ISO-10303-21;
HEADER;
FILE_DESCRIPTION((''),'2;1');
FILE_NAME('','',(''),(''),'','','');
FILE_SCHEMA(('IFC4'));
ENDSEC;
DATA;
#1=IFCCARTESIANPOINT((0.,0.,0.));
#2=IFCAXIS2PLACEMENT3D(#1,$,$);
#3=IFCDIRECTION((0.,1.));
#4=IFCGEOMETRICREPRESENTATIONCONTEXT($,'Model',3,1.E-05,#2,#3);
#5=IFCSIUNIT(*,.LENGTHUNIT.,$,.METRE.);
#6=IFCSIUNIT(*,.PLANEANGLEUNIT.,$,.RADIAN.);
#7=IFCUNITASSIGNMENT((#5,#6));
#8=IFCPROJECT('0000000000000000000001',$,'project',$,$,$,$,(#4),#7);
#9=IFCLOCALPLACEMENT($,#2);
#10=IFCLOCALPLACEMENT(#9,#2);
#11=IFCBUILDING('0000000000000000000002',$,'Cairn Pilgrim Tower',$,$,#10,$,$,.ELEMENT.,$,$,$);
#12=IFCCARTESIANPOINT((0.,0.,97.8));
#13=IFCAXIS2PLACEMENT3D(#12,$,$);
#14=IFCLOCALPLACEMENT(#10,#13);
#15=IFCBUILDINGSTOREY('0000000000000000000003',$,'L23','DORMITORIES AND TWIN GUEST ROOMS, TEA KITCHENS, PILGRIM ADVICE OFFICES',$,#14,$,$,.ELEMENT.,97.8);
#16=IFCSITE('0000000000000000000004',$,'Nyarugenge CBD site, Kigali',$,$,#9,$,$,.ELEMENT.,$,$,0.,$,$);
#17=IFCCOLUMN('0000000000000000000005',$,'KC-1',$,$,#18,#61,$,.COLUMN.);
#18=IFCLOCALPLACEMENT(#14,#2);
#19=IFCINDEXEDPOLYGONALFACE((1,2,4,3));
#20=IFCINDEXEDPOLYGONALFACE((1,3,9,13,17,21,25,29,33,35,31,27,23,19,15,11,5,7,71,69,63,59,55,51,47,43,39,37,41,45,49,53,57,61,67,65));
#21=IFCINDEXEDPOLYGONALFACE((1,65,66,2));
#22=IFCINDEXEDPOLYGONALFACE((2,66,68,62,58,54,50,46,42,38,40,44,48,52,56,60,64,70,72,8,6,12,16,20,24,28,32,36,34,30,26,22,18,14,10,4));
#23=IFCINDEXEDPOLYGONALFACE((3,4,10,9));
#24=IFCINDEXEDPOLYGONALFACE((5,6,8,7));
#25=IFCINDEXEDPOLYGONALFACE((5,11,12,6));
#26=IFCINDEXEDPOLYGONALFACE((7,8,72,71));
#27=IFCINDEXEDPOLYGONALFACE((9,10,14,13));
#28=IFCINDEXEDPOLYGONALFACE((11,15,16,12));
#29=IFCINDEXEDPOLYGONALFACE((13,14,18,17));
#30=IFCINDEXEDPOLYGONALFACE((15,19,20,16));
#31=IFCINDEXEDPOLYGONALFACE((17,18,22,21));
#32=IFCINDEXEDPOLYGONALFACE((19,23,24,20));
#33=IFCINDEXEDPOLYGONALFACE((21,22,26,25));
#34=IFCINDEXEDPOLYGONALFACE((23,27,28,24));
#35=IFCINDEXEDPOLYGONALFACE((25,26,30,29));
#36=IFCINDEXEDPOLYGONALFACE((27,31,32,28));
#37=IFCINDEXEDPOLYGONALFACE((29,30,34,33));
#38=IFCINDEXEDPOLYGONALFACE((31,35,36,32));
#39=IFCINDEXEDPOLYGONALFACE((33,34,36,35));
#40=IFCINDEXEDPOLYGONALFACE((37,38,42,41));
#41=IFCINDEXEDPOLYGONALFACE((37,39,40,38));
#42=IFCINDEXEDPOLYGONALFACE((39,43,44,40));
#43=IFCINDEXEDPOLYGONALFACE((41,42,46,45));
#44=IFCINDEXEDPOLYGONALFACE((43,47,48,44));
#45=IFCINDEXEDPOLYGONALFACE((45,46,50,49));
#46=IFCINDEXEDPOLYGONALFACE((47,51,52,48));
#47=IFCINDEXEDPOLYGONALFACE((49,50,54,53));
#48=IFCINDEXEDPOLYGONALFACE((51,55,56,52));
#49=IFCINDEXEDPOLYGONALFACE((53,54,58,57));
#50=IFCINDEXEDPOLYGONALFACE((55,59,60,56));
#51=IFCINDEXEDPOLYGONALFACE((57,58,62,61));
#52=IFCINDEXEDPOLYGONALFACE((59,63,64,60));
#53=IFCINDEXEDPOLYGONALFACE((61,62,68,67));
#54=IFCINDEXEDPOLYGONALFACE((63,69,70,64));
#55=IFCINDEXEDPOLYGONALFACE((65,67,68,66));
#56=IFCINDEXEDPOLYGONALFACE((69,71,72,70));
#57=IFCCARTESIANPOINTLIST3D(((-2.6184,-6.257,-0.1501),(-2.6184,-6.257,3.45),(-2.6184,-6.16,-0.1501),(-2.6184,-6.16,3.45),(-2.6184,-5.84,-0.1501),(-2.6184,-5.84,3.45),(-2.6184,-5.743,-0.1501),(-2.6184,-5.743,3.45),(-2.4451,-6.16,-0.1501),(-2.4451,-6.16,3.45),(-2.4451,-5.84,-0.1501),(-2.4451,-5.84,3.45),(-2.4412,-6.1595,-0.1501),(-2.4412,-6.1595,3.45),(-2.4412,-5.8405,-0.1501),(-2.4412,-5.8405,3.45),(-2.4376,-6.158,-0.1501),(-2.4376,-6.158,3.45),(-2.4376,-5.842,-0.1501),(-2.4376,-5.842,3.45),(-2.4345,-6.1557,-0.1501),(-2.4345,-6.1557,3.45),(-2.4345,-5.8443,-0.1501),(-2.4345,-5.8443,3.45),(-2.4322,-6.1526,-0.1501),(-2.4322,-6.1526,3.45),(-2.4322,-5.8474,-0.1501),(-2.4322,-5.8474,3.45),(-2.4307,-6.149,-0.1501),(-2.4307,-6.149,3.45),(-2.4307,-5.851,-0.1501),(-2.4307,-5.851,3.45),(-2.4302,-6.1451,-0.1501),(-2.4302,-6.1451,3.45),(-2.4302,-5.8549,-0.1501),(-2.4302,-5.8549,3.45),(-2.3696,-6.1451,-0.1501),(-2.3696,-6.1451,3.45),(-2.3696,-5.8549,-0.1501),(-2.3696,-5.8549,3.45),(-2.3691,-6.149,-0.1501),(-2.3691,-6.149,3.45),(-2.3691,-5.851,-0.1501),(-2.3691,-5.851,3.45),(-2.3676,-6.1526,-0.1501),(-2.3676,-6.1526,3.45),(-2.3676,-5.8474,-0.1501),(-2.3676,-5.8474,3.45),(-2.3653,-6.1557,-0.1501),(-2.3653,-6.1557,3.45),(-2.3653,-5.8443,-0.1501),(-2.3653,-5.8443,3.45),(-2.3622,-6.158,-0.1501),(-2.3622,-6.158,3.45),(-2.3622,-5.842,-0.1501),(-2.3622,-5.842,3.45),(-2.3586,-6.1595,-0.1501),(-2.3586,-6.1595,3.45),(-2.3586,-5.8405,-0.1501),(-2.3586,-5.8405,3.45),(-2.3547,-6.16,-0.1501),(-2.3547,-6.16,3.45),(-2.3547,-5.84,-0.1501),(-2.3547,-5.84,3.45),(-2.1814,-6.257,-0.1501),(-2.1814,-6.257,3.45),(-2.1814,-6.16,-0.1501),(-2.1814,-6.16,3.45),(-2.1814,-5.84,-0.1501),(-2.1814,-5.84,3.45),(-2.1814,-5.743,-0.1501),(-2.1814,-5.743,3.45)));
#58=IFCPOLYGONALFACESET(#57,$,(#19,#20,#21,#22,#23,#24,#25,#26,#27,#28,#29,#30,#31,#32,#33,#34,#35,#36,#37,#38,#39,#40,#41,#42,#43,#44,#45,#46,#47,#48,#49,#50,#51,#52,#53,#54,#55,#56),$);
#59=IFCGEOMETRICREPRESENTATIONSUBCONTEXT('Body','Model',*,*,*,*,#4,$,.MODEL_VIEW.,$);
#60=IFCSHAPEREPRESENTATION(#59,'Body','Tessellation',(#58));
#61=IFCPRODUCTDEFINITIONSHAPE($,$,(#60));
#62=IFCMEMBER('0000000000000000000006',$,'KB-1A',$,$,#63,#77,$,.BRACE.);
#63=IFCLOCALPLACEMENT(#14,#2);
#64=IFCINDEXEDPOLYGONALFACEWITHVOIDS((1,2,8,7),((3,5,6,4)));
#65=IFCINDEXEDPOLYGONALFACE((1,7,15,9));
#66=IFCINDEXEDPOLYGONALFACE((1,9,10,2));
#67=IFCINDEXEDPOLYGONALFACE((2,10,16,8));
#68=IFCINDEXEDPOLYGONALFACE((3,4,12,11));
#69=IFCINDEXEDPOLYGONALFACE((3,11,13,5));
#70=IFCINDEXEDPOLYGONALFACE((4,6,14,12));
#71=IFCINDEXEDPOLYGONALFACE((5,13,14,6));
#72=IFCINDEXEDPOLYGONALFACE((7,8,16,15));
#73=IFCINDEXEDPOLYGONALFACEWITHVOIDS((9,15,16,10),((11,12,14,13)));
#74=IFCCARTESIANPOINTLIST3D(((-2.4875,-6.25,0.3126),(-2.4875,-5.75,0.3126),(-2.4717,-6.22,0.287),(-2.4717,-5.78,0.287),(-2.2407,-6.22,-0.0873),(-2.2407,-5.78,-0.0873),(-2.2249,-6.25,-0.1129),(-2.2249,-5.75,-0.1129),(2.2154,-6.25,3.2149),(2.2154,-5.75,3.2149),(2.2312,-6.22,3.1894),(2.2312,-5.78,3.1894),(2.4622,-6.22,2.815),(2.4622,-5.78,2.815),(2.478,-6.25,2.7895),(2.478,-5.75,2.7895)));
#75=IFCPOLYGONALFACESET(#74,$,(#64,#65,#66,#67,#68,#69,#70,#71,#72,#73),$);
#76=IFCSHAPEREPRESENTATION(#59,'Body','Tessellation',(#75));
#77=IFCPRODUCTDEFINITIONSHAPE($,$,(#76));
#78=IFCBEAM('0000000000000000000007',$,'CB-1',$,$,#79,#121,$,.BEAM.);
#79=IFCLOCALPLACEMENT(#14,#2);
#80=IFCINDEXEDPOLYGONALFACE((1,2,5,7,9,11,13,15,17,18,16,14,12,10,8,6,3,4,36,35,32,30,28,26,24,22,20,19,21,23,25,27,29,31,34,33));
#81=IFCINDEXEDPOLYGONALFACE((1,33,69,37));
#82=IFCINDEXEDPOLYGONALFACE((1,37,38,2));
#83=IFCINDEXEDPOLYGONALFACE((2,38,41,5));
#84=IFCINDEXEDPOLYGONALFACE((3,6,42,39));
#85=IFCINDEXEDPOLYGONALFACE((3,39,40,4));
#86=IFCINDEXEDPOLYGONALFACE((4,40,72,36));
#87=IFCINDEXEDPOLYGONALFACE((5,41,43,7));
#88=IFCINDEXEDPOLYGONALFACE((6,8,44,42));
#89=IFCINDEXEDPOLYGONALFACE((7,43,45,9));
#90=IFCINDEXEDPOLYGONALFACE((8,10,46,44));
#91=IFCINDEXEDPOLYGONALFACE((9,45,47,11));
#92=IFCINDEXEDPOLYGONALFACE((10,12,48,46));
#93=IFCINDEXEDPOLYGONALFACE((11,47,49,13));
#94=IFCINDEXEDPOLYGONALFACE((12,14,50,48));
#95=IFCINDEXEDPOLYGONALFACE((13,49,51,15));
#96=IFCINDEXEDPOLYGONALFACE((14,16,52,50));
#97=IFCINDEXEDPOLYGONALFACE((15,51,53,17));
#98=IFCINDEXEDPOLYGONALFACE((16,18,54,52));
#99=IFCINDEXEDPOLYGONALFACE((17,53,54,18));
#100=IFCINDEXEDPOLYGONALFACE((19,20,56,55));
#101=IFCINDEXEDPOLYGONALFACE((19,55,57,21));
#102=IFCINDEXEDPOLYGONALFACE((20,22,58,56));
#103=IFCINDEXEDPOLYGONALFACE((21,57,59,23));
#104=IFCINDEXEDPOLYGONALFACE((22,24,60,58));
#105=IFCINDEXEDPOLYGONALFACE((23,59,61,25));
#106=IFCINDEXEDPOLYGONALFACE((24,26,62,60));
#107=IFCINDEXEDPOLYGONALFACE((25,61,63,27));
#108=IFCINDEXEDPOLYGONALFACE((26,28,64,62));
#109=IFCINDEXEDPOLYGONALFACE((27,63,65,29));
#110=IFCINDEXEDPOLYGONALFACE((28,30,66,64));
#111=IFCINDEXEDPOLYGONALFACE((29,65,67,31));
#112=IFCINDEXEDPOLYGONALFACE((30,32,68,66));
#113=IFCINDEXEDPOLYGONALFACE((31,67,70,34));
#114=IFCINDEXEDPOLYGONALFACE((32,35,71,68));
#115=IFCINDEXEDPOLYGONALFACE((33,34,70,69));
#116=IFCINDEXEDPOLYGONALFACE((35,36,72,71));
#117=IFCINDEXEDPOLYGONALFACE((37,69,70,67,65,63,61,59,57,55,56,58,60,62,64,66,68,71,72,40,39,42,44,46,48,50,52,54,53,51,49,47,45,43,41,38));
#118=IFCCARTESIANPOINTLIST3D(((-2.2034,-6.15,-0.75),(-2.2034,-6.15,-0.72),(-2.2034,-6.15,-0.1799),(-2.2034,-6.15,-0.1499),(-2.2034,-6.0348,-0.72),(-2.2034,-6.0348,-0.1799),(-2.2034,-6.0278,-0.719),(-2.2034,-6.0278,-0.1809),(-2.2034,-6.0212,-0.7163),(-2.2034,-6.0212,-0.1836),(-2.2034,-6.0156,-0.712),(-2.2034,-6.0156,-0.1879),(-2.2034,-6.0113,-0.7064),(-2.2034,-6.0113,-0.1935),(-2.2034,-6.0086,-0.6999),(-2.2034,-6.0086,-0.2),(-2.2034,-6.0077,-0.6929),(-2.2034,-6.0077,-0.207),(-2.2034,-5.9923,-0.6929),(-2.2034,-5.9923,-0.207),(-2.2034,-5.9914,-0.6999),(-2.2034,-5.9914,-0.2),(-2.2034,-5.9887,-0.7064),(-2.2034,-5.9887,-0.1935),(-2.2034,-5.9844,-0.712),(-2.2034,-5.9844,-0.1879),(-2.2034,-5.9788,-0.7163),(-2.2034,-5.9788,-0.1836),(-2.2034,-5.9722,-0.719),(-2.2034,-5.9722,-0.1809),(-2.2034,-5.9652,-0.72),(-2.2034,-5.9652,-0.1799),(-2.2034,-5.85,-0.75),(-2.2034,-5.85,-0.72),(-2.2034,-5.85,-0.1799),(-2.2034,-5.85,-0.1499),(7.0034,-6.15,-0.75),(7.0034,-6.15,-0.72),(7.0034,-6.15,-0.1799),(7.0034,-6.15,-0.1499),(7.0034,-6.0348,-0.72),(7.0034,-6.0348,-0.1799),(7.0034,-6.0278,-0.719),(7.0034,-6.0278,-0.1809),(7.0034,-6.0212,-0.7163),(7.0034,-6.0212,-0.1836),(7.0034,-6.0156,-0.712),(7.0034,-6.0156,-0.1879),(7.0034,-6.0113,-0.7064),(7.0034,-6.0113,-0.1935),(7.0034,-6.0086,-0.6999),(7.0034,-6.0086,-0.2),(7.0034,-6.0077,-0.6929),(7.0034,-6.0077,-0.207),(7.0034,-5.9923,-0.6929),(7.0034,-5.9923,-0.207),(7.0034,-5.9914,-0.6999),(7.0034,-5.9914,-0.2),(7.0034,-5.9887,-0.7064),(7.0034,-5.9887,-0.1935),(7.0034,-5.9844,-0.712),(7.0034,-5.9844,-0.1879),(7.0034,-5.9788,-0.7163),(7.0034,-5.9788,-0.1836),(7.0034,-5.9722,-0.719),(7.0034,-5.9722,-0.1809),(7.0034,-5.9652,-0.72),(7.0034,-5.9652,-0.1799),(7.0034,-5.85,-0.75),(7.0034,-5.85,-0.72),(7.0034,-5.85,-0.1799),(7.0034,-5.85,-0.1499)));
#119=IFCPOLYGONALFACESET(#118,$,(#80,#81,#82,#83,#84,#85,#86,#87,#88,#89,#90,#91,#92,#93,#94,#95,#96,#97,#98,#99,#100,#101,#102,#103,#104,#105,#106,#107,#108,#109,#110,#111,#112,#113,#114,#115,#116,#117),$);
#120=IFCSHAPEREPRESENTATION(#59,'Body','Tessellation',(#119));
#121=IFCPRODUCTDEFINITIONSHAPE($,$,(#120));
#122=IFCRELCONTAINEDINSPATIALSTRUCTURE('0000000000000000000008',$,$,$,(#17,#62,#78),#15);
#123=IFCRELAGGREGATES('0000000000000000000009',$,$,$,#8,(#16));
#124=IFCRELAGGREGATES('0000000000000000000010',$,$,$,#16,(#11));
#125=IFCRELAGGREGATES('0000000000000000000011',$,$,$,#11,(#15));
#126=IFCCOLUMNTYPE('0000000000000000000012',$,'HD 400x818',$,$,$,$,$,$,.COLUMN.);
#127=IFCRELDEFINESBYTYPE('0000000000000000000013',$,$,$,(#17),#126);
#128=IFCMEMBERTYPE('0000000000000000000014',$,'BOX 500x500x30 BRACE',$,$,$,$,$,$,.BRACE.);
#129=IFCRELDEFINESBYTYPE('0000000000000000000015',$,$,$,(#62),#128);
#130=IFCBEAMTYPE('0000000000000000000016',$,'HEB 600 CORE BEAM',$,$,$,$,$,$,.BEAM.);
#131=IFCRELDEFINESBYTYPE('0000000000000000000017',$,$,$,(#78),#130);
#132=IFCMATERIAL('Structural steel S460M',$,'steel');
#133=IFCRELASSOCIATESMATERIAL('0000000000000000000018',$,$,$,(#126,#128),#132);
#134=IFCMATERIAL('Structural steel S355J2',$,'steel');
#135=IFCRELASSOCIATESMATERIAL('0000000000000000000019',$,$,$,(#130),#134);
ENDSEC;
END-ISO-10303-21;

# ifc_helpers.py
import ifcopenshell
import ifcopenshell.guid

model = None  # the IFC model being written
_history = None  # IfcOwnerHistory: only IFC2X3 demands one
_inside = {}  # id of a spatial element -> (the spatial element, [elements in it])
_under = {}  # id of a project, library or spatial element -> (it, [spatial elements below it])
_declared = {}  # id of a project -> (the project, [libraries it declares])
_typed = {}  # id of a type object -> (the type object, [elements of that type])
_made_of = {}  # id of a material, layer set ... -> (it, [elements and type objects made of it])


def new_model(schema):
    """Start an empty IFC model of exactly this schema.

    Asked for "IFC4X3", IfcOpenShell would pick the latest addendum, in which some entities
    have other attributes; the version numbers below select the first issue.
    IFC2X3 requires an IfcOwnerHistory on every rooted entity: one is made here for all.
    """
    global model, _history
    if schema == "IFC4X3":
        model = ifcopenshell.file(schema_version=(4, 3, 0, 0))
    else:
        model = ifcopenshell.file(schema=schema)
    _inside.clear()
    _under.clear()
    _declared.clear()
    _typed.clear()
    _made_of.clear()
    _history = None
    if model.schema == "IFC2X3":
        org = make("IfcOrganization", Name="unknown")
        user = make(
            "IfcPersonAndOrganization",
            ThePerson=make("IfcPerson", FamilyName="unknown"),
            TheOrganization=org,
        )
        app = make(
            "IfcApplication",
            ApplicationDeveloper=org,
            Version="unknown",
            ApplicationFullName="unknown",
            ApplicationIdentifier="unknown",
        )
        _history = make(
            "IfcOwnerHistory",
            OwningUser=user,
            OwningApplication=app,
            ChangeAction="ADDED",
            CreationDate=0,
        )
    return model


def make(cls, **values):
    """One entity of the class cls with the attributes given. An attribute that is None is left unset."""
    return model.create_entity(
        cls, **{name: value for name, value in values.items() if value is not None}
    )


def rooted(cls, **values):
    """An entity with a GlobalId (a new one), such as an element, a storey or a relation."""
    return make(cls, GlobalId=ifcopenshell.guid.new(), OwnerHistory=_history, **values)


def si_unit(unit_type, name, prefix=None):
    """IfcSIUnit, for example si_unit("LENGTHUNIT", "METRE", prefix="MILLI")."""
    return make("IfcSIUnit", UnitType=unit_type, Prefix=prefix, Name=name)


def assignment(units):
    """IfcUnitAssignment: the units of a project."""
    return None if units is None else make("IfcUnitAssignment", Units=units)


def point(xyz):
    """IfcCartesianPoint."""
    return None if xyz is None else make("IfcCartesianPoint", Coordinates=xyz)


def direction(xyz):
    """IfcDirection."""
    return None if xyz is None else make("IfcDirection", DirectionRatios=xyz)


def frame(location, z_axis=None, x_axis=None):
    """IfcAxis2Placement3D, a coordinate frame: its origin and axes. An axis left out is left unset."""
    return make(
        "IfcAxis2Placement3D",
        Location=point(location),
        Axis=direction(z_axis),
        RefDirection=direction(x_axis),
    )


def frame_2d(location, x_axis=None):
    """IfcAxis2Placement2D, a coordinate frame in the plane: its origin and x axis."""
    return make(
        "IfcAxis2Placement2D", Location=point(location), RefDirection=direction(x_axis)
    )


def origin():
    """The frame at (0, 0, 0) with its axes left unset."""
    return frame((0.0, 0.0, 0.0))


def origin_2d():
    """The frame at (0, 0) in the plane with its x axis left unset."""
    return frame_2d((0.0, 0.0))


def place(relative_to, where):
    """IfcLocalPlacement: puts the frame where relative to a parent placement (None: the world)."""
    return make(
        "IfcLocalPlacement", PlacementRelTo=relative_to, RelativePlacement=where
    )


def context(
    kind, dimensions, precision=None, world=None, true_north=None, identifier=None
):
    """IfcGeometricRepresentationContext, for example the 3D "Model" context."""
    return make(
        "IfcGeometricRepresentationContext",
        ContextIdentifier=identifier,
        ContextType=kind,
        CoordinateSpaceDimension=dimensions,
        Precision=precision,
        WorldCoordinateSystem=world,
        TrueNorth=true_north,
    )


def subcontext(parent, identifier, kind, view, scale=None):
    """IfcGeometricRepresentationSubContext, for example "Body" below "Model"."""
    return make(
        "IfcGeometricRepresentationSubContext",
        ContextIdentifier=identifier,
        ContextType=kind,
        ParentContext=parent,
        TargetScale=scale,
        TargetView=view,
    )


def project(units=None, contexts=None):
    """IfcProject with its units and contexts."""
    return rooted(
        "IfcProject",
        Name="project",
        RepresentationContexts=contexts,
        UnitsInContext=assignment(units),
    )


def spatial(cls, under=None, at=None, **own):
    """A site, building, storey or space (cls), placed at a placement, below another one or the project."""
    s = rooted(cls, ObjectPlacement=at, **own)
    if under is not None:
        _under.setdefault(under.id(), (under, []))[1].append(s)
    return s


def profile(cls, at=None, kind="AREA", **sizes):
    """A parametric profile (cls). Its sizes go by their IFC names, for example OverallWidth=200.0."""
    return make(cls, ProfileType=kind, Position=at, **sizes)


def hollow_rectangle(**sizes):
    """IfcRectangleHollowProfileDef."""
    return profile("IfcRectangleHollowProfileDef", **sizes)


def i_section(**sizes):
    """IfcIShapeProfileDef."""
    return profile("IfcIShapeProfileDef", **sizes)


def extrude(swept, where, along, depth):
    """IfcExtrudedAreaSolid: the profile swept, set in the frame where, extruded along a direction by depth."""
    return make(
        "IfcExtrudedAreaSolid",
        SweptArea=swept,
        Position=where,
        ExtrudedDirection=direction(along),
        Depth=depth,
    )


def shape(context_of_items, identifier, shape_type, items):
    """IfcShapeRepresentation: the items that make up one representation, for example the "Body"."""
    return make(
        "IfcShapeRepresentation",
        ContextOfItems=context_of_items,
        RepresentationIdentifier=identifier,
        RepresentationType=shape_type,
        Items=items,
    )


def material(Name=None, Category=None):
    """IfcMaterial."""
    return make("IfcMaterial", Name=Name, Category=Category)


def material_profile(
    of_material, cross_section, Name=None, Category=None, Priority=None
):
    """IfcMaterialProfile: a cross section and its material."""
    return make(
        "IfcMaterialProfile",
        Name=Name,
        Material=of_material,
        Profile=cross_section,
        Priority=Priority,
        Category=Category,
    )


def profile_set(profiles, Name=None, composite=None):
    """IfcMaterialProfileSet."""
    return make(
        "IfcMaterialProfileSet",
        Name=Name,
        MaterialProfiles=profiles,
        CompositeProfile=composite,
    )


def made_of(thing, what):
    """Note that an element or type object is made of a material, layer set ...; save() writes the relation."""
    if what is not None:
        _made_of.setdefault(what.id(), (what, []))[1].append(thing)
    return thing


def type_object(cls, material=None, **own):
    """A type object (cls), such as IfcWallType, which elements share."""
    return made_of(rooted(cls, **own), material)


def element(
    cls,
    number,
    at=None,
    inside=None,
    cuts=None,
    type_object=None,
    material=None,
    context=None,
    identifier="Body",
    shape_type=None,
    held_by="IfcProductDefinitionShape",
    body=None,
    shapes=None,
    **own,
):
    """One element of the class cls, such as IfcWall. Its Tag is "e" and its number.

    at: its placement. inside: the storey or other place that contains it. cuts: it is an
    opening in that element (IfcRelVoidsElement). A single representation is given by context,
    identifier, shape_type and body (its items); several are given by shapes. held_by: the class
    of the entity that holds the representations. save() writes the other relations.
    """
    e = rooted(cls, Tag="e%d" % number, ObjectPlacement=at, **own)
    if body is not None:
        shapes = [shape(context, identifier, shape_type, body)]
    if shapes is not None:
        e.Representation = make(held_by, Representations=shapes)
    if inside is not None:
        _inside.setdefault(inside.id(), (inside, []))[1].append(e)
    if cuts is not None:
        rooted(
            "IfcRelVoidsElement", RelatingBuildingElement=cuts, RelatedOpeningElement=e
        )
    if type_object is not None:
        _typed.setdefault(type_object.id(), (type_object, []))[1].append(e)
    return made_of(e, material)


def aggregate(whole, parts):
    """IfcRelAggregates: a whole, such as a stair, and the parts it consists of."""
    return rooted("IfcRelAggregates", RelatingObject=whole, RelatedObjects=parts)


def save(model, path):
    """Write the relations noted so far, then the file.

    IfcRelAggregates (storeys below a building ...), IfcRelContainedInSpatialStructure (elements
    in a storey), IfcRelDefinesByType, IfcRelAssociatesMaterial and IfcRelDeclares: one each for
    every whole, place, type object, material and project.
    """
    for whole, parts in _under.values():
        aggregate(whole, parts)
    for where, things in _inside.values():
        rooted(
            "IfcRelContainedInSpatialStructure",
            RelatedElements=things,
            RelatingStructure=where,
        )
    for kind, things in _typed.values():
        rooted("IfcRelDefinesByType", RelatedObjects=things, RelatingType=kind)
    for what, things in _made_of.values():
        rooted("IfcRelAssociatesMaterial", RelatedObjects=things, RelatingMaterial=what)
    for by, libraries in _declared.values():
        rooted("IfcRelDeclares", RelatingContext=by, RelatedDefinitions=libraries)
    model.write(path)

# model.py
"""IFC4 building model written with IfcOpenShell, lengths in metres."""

from ifc_helpers import new_model, si_unit, direction, frame, origin, origin_2d, place, context, subcontext, project, spatial, hollow_rectangle, i_section, extrude, material, material_profile, profile_set, type_object, element, save


model = new_model("IFC4")

# Units and contexts
model_context = context("Model", 3, precision=1e-05, world=origin(), true_north=direction((0.0, 1.0)))
body_context = subcontext(model_context, "Body", "Model", "MODEL_VIEW")
ifc_project = project(units=[si_unit("LENGTHUNIT", "METRE"), si_unit("PLANEANGLEUNIT", "RADIAN")], contexts=[model_context])

# Site, building, storey
site_placement = place(None, origin())
site = spatial("IfcSite", under=ifc_project, at=site_placement, Name="Nyarugenge CBD site, Kigali", CompositionType="ELEMENT", RefElevation=0.0)
building_placement = place(site_placement, origin())
building = spatial("IfcBuilding", under=site, at=building_placement, Name="Cairn Pilgrim Tower", CompositionType="ELEMENT")
storey_placement = place(building_placement, frame((0.0, 0.0, 97.8)))
storey = spatial("IfcBuildingStorey", under=building, at=storey_placement, Name="L23", Description="DORMITORIES AND TWIN GUEST ROOMS, TEA KITCHENS, PILGRIM ADVICE OFFICES", CompositionType="ELEMENT", Elevation=97.8)

# Column
ifc_material_1 = material(Name="Structural steel S460M", Category="steel")
ifc_material_profile_1 = material_profile(ifc_material_1, i_section(OverallWidth=0.437, OverallDepth=0.5139, WebThickness=0.0605, FlangeThickness=0.0969, FilletRadius=0.0149, at=origin_2d()), Name="HD 400x818")
ifc_profile_set_1 = profile_set([ifc_material_profile_1], Name="Structural steel S460M")
column_type = type_object("IfcColumnType", Name="HD 400x818", PredefinedType="COLUMN", material=ifc_profile_set_1)
column_placement = place(storey_placement, frame((-2.3999, -6.0, -0.1501), z_axis=(0.0, 0.0, 1.0), x_axis=(1.0, 0.0, 0.0)))
element("IfcColumn", 1, at=column_placement, inside=storey, type_object=column_type, Name="KC-1", PredefinedType="COLUMN", context=body_context, shape_type="SweptSolid", body=[
    extrude(i_section(OverallWidth=0.437, OverallDepth=0.5139, WebThickness=0.0605, FlangeThickness=0.0969, FilletRadius=0.0149, at=origin_2d()), origin(), (0.0, 0.0, 1.0), 3.6001),
])

# Member
ifc_material_profile_2 = material_profile(ifc_material_1, hollow_rectangle(XDim=0.5, YDim=0.5, WallThickness=0.03, at=origin_2d()), Name="BOX 500x500x30")
ifc_profile_set_2 = profile_set([ifc_material_profile_2], Name="Structural steel S460M")
member_type = type_object("IfcMemberType", Name="BOX 500x500x30 BRACE", PredefinedType="BRACE", material=ifc_profile_set_2)
member_placement = place(storey_placement, frame((-2.3562, -6.0, 0.0999), z_axis=(0.85099, 0.0, 0.525182), x_axis=(0.0, 1.0, 0.0)))
element("IfcMember", 2, at=member_placement, inside=storey, type_object=member_type, Name="KB-1A", PredefinedType="BRACE", context=body_context, shape_type="SweptSolid", body=[
    extrude(hollow_rectangle(XDim=0.5, YDim=0.5, WallThickness=0.03, at=origin_2d()), origin(), (0.0, 0.0, 1.0), 5.5264),
])

# Beam
ifc_material_2 = material(Name="Structural steel S355J2", Category="steel")
ifc_material_profile_3 = material_profile(ifc_material_2, i_section(OverallWidth=0.3, OverallDepth=0.6001, WebThickness=0.0154, FlangeThickness=0.03, FilletRadius=0.0271, at=origin_2d()), Name="HEB 600")
ifc_profile_set_3 = profile_set([ifc_material_profile_3], Name="Structural steel S355J2")
beam_type = type_object("IfcBeamType", Name="HEB 600 CORE BEAM", PredefinedType="BEAM", material=ifc_profile_set_3)
beam_placement = place(storey_placement, frame((-2.2034, -6.0, -0.45), z_axis=(1.0, 0.0, 0.0), x_axis=(0.0, 1.0, 0.0)))
element("IfcBeam", 3, at=beam_placement, inside=storey, type_object=beam_type, Name="CB-1", PredefinedType="BEAM", context=body_context, shape_type="SweptSolid", body=[
    extrude(i_section(OverallWidth=0.3, OverallDepth=0.6001, WebThickness=0.0154, FlangeThickness=0.03, FilletRadius=0.0271, at=origin_2d()), origin(), (0.0, 0.0, 1.0), 9.2068),
])

save(model, "model.ifc")
